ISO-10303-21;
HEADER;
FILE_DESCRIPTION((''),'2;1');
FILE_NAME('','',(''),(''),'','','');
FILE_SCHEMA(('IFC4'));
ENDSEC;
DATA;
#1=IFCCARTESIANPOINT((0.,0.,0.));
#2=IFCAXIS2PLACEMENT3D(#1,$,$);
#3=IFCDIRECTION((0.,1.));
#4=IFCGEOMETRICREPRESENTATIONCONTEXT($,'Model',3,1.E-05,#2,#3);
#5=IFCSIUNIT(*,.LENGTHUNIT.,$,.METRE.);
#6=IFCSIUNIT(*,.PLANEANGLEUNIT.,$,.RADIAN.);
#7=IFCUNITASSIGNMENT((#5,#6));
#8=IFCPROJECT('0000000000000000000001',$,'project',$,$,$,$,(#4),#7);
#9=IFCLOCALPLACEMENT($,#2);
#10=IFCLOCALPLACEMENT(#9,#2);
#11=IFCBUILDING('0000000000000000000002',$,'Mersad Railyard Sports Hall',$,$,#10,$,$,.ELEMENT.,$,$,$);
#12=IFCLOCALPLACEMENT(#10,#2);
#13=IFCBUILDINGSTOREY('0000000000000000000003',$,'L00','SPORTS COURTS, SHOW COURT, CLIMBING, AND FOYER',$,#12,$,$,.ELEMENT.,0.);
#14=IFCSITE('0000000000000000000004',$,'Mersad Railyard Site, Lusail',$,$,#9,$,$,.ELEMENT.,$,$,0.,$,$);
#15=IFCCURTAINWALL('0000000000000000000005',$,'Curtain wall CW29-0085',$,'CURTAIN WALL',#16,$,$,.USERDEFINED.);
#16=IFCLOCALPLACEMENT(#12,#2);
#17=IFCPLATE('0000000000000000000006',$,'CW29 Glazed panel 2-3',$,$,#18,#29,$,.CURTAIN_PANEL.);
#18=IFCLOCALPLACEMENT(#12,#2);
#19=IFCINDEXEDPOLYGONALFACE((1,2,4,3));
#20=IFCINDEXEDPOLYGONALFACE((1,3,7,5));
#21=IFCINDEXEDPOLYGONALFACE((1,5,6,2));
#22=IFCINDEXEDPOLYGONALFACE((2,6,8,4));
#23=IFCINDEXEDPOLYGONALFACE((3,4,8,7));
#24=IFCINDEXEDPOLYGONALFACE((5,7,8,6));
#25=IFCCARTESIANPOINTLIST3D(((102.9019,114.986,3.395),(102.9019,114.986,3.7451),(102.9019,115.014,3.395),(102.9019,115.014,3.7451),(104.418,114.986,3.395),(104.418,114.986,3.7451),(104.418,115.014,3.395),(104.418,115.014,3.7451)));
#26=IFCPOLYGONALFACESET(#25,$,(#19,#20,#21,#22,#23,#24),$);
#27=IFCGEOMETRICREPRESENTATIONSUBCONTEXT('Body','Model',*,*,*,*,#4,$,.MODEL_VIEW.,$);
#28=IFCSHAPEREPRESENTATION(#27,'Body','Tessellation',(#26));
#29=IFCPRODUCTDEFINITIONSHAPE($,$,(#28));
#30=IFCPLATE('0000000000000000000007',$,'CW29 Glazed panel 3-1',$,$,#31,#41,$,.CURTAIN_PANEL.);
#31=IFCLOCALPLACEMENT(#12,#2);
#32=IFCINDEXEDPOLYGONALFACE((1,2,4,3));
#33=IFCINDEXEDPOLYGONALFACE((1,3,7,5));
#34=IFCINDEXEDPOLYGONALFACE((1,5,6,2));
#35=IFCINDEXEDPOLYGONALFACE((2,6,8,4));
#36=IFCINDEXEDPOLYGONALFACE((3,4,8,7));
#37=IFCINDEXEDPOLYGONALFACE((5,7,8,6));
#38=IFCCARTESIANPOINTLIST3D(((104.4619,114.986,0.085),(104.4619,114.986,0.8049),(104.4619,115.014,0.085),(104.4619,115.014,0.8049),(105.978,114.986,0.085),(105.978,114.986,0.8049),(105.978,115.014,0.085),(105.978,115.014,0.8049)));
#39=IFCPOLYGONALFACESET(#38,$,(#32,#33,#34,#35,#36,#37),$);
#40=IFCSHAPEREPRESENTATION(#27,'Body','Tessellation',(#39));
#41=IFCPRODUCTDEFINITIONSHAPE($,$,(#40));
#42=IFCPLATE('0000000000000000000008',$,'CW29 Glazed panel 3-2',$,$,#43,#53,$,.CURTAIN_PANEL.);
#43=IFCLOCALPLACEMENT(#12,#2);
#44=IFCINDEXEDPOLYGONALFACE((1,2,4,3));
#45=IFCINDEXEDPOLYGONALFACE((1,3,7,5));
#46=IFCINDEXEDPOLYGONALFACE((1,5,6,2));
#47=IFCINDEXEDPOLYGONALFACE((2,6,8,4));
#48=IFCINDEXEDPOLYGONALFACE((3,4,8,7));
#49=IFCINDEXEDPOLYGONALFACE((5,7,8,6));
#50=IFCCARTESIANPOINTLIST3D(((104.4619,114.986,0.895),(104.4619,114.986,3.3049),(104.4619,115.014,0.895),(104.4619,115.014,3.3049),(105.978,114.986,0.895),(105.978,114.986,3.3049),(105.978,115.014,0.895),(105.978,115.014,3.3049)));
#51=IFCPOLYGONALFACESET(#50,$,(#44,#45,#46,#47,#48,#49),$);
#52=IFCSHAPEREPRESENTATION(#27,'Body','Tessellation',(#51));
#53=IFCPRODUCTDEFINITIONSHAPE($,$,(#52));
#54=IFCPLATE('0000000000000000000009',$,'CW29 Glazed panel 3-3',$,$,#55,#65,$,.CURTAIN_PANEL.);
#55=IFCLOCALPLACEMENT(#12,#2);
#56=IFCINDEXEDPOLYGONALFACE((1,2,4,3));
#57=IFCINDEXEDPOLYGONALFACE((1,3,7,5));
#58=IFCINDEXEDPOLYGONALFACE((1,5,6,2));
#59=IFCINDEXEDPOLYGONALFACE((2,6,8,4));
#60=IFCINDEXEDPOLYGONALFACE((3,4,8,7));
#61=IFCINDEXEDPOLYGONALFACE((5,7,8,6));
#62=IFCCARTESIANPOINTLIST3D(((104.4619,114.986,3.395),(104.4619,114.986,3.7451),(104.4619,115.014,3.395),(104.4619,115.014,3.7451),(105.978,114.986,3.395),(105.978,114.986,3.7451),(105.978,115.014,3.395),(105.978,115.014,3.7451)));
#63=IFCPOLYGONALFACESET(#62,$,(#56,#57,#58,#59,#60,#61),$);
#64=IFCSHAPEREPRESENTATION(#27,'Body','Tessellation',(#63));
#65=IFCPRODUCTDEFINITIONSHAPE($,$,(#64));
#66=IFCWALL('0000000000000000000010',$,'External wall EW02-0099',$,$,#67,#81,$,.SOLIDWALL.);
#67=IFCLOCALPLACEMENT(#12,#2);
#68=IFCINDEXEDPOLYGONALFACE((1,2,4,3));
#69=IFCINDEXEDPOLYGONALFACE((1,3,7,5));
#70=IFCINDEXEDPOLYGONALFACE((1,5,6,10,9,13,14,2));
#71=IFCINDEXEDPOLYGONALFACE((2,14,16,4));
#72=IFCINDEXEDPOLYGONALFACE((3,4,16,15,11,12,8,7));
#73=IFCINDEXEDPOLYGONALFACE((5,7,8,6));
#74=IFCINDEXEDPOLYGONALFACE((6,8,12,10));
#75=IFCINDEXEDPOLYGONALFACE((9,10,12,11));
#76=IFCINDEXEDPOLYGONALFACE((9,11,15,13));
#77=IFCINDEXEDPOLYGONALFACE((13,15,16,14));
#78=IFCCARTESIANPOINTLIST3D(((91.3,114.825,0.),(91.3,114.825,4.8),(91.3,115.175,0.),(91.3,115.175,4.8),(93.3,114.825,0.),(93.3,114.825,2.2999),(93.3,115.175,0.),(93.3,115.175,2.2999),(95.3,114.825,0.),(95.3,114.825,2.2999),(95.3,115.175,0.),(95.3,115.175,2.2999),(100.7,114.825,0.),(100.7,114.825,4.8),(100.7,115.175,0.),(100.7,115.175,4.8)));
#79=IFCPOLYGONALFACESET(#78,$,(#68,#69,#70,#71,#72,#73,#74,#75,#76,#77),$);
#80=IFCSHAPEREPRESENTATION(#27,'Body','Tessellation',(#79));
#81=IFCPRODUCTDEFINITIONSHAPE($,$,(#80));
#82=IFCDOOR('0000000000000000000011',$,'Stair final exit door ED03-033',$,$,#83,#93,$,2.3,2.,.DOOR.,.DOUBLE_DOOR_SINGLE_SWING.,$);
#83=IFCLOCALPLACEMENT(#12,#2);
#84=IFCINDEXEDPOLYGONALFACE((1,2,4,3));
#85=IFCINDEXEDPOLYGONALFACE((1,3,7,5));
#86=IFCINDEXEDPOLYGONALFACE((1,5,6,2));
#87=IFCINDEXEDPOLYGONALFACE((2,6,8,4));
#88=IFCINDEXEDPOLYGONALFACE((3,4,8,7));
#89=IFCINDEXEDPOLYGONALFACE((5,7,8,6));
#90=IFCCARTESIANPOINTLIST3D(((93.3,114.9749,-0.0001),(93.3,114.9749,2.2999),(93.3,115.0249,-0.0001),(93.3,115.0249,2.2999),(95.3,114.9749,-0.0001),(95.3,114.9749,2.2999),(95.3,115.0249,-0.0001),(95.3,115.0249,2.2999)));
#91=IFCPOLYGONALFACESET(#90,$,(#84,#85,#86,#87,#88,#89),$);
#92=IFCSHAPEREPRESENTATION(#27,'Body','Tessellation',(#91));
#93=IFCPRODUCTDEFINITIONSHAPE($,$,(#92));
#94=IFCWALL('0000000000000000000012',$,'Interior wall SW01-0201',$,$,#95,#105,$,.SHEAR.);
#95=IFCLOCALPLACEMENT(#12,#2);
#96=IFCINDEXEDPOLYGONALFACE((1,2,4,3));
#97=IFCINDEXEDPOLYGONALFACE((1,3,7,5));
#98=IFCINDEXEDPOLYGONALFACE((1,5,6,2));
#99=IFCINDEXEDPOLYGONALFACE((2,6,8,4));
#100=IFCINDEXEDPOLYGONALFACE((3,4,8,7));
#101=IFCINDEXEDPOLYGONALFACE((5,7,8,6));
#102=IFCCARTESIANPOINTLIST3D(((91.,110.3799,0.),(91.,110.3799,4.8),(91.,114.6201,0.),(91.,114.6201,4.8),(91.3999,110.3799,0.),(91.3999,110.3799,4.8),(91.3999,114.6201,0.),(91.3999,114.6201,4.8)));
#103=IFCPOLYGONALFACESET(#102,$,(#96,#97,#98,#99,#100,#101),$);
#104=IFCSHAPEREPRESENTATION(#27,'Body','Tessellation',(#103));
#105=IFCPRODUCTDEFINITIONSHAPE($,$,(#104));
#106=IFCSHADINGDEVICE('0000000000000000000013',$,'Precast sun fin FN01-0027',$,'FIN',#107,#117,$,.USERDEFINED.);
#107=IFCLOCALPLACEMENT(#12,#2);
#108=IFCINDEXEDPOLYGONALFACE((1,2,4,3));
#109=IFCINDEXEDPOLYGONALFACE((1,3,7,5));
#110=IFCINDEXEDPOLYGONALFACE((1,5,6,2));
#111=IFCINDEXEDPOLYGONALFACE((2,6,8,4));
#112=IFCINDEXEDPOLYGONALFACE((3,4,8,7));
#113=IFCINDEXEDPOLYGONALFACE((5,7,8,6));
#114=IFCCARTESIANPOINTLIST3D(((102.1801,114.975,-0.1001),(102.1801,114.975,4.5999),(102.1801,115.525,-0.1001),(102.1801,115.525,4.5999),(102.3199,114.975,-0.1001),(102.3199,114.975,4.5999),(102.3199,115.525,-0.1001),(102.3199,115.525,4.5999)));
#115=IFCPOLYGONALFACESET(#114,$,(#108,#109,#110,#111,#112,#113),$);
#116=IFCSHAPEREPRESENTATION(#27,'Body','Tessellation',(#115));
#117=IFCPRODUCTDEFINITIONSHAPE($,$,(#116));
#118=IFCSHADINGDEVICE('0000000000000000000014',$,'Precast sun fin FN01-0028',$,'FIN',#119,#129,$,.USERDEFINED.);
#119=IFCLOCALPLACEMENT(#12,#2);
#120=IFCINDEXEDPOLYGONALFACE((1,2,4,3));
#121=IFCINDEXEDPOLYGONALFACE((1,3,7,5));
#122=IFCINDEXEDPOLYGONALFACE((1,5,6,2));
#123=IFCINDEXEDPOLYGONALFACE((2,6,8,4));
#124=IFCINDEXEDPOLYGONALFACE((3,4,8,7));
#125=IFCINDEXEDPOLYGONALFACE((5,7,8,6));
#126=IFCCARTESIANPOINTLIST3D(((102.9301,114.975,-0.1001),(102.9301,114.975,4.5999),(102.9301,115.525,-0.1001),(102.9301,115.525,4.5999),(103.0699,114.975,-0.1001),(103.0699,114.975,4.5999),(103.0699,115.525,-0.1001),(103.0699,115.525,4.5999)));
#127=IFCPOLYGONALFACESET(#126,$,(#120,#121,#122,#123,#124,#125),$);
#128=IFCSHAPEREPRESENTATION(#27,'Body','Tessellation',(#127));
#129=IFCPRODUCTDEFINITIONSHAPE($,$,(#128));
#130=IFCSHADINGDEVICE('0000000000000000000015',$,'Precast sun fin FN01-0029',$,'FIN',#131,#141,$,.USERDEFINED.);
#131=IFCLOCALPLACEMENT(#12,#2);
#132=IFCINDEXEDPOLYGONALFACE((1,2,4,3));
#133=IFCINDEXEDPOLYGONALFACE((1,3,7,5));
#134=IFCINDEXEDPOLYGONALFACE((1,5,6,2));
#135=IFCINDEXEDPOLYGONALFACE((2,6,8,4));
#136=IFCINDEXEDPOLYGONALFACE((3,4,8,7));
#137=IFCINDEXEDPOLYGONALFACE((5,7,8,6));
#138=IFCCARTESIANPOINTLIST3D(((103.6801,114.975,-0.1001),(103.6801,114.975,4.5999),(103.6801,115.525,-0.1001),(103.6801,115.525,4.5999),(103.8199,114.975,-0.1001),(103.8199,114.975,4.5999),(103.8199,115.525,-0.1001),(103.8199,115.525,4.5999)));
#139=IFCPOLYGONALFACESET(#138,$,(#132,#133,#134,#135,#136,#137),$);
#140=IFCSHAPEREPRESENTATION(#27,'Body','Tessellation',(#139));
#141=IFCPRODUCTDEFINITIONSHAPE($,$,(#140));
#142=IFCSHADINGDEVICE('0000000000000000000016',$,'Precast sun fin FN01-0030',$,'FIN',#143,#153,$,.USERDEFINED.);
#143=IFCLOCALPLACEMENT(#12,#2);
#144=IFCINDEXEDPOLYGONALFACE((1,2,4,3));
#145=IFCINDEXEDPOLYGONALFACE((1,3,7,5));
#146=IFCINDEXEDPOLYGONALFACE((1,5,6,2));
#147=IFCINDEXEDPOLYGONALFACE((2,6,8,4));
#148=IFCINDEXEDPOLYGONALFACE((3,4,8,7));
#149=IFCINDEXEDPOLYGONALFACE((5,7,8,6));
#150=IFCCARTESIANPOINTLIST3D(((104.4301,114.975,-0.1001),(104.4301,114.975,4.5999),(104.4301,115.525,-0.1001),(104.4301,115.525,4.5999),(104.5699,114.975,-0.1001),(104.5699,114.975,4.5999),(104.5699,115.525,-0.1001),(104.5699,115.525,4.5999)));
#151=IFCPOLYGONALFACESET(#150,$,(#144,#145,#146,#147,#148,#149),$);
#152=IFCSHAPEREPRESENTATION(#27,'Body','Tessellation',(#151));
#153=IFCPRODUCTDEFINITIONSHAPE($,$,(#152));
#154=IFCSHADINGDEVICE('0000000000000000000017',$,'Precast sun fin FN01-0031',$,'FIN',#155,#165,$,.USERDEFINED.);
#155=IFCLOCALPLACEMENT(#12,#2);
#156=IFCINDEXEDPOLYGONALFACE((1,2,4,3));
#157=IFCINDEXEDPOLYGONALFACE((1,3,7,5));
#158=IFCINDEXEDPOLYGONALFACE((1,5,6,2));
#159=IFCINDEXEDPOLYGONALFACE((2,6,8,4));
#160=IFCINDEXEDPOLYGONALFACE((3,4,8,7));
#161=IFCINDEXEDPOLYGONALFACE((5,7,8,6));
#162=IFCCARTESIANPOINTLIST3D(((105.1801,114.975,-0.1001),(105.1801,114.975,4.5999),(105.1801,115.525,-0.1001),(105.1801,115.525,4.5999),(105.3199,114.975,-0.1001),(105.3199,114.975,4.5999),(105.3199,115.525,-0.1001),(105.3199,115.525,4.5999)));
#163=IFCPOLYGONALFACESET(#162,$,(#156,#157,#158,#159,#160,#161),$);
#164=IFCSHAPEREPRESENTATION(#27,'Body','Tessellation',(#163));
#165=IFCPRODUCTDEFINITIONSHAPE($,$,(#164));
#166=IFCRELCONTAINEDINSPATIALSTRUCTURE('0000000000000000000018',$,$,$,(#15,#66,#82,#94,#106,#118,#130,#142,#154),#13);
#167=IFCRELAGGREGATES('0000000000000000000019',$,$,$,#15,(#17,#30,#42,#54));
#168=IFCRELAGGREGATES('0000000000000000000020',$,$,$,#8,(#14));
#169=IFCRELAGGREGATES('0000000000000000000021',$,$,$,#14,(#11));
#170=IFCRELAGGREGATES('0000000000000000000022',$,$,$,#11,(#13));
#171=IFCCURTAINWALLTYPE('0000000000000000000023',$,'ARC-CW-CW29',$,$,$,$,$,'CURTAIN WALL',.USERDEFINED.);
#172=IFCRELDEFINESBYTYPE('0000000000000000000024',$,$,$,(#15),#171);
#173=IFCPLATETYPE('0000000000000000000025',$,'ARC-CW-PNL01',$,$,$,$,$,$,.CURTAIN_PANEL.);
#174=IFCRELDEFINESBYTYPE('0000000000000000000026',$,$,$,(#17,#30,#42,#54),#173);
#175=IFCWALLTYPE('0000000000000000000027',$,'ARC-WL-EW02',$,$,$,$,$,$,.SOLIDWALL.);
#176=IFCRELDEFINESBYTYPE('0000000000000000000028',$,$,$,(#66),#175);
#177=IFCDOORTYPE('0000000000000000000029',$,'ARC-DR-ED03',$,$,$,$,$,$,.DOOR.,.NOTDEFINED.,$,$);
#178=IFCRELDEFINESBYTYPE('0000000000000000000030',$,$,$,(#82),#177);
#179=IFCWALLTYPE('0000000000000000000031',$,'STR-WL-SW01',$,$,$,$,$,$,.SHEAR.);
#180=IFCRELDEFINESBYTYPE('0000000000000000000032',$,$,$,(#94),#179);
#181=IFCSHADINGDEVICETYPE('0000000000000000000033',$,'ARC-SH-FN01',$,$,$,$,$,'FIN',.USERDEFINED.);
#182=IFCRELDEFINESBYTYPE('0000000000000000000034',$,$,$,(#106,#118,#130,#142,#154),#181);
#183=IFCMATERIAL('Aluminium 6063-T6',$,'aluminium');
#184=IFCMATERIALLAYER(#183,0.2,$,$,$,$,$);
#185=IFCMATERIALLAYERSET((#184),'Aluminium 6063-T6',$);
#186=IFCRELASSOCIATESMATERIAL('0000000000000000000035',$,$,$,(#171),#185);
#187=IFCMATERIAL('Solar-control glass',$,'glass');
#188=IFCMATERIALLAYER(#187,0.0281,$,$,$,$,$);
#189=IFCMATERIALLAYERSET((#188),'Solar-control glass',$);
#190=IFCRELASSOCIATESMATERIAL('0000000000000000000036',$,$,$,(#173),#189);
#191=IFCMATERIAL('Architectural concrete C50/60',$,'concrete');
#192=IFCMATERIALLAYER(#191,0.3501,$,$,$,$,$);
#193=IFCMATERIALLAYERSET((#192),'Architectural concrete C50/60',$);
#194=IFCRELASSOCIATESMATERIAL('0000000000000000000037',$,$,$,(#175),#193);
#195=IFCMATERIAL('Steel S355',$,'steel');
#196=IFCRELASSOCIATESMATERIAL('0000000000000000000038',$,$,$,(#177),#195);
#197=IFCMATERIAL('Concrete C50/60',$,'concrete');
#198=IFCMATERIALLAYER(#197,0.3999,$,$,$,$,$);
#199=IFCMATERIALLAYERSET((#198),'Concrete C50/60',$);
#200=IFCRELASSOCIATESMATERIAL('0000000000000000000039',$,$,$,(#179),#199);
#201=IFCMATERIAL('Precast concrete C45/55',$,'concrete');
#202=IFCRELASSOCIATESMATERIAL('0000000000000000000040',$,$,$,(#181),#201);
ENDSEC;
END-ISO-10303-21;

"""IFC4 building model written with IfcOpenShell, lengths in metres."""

from ifc_helpers import new_model, si_unit, direction, frame, frame_2d, origin, origin_2d, place, context, subcontext, project, spatial, rectangle, extrude, material, layer, layer_set, type_object, element, fill, aggregate, save


model = new_model("IFC4")

# Units and contexts
model_context = context("Model", 3, precision=1e-05, world=origin(), true_north=direction((0.0, 1.0)))
body_context = subcontext(model_context, "Body", "Model", "MODEL_VIEW")
ifc_project = project(units=[si_unit("LENGTHUNIT", "METRE"), si_unit("PLANEANGLEUNIT", "RADIAN")], contexts=[model_context])

# Site, building, storey
site_placement = place(None, origin())
site = spatial("IfcSite", under=ifc_project, at=site_placement, Name="Mersad Railyard Site, Lusail", CompositionType="ELEMENT", RefElevation=0.0)
building_placement = place(site_placement, origin())
building = spatial("IfcBuilding", under=site, at=building_placement, Name="Mersad Railyard Sports Hall", CompositionType="ELEMENT")
storey_placement = place(building_placement, origin())
storey = spatial("IfcBuildingStorey", under=building, at=storey_placement, Name="L00", Description="SPORTS COURTS, SHOW COURT, CLIMBING, AND FOYER", CompositionType="ELEMENT", Elevation=0.0)

# Shared definitions
ifc_material_1 = material(Name="Concrete C50/60", Category="concrete")

# Curtain wall
ifc_material_2 = material(Name="Aluminium 6063-T6", Category="aluminium")
ifc_layer_1 = layer(ifc_material_2, 0.2)
ifc_layer_set_1 = layer_set([ifc_layer_1], Name="Aluminium 6063-T6")
curtain_wall_type = type_object("IfcCurtainWallType", Name="ARC-CW-CW29", ElementType="CURTAIN WALL", PredefinedType="USERDEFINED", material=ifc_layer_set_1)
curtain_wall_placement = place(storey_placement, origin())
curtain_wall = element("IfcCurtainWall", 1, at=curtain_wall_placement, inside=storey, type_object=curtain_wall_type, Name="Curtain wall CW29-0085", ObjectType="CURTAIN WALL", PredefinedType="USERDEFINED")

# Plates
ifc_material_3 = material(Name="Solar-control glass", Category="glass")
ifc_layer_2 = layer(ifc_material_3, 0.0281)
ifc_layer_set_2 = layer_set([ifc_layer_2], Name="Solar-control glass")
plate_type = type_object("IfcPlateType", Name="ARC-CW-PNL01", PredefinedType="CURTAIN_PANEL", material=ifc_layer_set_2)
plate_1_placement = place(storey_placement, frame((103.6599, 115.0, 3.395), z_axis=(0.0, 0.0, 1.0), x_axis=(1.0, 0.0, 0.0)))
plate_1 = element("IfcPlate", 2, at=plate_1_placement, type_object=plate_type, Name="CW29 Glazed panel 2-3", PredefinedType="CURTAIN_PANEL", context=body_context, shape_type="SweptSolid", body=[
    extrude(rectangle(XDim=1.5161, YDim=0.0281, at=origin_2d()), origin(), (0.0, 0.0, 1.0), 0.3501),
])
plate_2_placement = place(storey_placement, frame((105.22, 115.0, 0.085), z_axis=(0.0, 0.0, 1.0), x_axis=(1.0, 0.0, 0.0)))
plate_2 = element("IfcPlate", 3, at=plate_2_placement, type_object=plate_type, Name="CW29 Glazed panel 3-1", PredefinedType="CURTAIN_PANEL", context=body_context, shape_type="SweptSolid", body=[
    extrude(rectangle(XDim=1.5161, YDim=0.0281, at=origin_2d()), origin(), (0.0, 0.0, 1.0), 0.72),
])
plate_3_placement = place(storey_placement, frame((105.22, 115.0, 0.895), z_axis=(0.0, 0.0, 1.0), x_axis=(1.0, 0.0, 0.0)))
plate_3 = element("IfcPlate", 4, at=plate_3_placement, type_object=plate_type, Name="CW29 Glazed panel 3-2", PredefinedType="CURTAIN_PANEL", context=body_context, shape_type="SweptSolid", body=[
    extrude(rectangle(XDim=1.5161, YDim=0.0281, at=origin_2d()), origin(), (0.0, 0.0, 1.0), 2.4099),
])
plate_4_placement = place(storey_placement, frame((105.22, 115.0, 3.395), z_axis=(0.0, 0.0, 1.0), x_axis=(1.0, 0.0, 0.0)))
plate_4 = element("IfcPlate", 5, at=plate_4_placement, type_object=plate_type, Name="CW29 Glazed panel 3-3", PredefinedType="CURTAIN_PANEL", context=body_context, shape_type="SweptSolid", body=[
    extrude(rectangle(XDim=1.5161, YDim=0.0281, at=origin_2d()), origin(), (0.0, 0.0, 1.0), 0.3501),
])
aggregate(curtain_wall, [plate_1, plate_2, plate_3, plate_4])

# Wall, opening, door
ifc_material_4 = material(Name="Architectural concrete C50/60", Category="concrete")
ifc_layer_3 = layer(ifc_material_4, 0.3501)
ifc_layer_set_3 = layer_set([ifc_layer_3], Name="Architectural concrete C50/60")
wall_type_1 = type_object("IfcWallType", Name="ARC-WL-EW02", PredefinedType="SOLIDWALL", material=ifc_layer_set_3)
wall_1_placement = place(storey_placement, frame((91.3, 115.0, 0.0), z_axis=(0.0, 0.0, 1.0), x_axis=(1.0, 0.0, 0.0)))
wall_1 = element("IfcWall", 6, at=wall_1_placement, inside=storey, type_object=wall_type_1, Name="External wall EW02-0099", PredefinedType="SOLIDWALL", context=body_context, shape_type="SweptSolid", body=[
    extrude(rectangle(XDim=9.3999, YDim=0.3501, at=frame_2d((4.7, 0.0))), origin(), (0.0, 0.0, 1.0), 4.8),
])
opening_placement = place(wall_1_placement, frame((2.0, 0.0, 0.0)))
opening = element("IfcOpeningElement", 7, at=opening_placement, cuts=wall_1, PredefinedType="OPENING", context=body_context, shape_type="SweptSolid", body=[
    extrude(rectangle(XDim=2.0, YDim=2.3, at=frame_2d((1.0, 1.1499))), frame((0.0, 0.1851, 0.0), z_axis=(0.0, -1.0, 0.0), x_axis=(1.0, 0.0, 0.0)), (0.0, 0.0, 1.0), 0.3701),
])
ifc_material_5 = material(Name="Steel S355", Category="steel")
door_type = type_object("IfcDoorType", Name="ARC-DR-ED03", OperationType="NOTDEFINED", PredefinedType="DOOR", material=ifc_material_5)
door_placement = place(opening_placement, origin())
door = element("IfcDoor", 8, at=door_placement, inside=storey, type_object=door_type, Name="Stair final exit door ED03-033", OperationType="DOUBLE_DOOR_SINGLE_SWING", OverallHeight=2.3, OverallWidth=2.0, PredefinedType="DOOR", context=body_context, shape_type="SweptSolid", body=[
    extrude(rectangle(XDim=2.0, YDim=2.3, at=frame_2d((1.0, 1.1499))), frame((0.0, 0.0249, 0.0), z_axis=(0.0, -1.0, 0.0), x_axis=(1.0, 0.0, 0.0)), (0.0, 0.0, 1.0), 0.05),
])
fill(opening, door)

# Wall
ifc_layer_4 = layer(ifc_material_1, 0.3999)
ifc_layer_set_4 = layer_set([ifc_layer_4], Name="Concrete C50/60")
wall_type_2 = type_object("IfcWallType", Name="STR-WL-SW01", PredefinedType="SHEAR", material=ifc_layer_set_4)
wall_2_placement = place(storey_placement, frame((91.2, 114.6201, 0.0), z_axis=(0.0, 0.0, 1.0), x_axis=(0.0, -1.0, 0.0)))
element("IfcWall", 9, at=wall_2_placement, inside=storey, type_object=wall_type_2, Name="Interior wall SW01-0201", PredefinedType="SHEAR", context=body_context, shape_type="SweptSolid", body=[
    extrude(rectangle(XDim=4.2402, YDim=0.3999, at=frame_2d((2.1201, 0.0))), origin(), (0.0, 0.0, 1.0), 4.8),
])

# Shading devices
ifc_material_6 = material(Name="Precast concrete C45/55", Category="concrete")
shading_device_type = type_object("IfcShadingDeviceType", Name="ARC-SH-FN01", ElementType="FIN", PredefinedType="USERDEFINED", material=ifc_material_6)
for number, where, z_axis, x_axis, name in (
    (10, (102.25, 115.25, -0.1001), (0.0, 0.0, 1.0), (1.0, 0.0, 0.0), "Precast sun fin FN01-0027"),
    (11, (103.0, 115.25, -0.1001), (0.0, 0.0, 1.0), (1.0, 0.0, 0.0), "Precast sun fin FN01-0028"),
    (12, (103.75, 115.25, -0.1001), (0.0, 0.0, 1.0), (1.0, 0.0, 0.0), "Precast sun fin FN01-0029"),
    (13, (104.5, 115.25, -0.1001), (0.0, 0.0, 1.0), (1.0, 0.0, 0.0), "Precast sun fin FN01-0030"),
    (14, (105.25, 115.25, -0.1001), (0.0, 0.0, 1.0), (1.0, 0.0, 0.0), "Precast sun fin FN01-0031"),
):
    element("IfcShadingDevice", number, at=place(storey_placement, frame(where, z_axis=z_axis, x_axis=x_axis)), inside=storey, type_object=shading_device_type, Name=name, ObjectType="FIN", PredefinedType="USERDEFINED", context=body_context, shape_type="SweptSolid", body=[
        extrude(rectangle(XDim=0.1399, YDim=0.55, at=origin_2d()), origin(), (0.0, 0.0, 1.0), 4.7),
    ])

save(model, "model.ifc")
